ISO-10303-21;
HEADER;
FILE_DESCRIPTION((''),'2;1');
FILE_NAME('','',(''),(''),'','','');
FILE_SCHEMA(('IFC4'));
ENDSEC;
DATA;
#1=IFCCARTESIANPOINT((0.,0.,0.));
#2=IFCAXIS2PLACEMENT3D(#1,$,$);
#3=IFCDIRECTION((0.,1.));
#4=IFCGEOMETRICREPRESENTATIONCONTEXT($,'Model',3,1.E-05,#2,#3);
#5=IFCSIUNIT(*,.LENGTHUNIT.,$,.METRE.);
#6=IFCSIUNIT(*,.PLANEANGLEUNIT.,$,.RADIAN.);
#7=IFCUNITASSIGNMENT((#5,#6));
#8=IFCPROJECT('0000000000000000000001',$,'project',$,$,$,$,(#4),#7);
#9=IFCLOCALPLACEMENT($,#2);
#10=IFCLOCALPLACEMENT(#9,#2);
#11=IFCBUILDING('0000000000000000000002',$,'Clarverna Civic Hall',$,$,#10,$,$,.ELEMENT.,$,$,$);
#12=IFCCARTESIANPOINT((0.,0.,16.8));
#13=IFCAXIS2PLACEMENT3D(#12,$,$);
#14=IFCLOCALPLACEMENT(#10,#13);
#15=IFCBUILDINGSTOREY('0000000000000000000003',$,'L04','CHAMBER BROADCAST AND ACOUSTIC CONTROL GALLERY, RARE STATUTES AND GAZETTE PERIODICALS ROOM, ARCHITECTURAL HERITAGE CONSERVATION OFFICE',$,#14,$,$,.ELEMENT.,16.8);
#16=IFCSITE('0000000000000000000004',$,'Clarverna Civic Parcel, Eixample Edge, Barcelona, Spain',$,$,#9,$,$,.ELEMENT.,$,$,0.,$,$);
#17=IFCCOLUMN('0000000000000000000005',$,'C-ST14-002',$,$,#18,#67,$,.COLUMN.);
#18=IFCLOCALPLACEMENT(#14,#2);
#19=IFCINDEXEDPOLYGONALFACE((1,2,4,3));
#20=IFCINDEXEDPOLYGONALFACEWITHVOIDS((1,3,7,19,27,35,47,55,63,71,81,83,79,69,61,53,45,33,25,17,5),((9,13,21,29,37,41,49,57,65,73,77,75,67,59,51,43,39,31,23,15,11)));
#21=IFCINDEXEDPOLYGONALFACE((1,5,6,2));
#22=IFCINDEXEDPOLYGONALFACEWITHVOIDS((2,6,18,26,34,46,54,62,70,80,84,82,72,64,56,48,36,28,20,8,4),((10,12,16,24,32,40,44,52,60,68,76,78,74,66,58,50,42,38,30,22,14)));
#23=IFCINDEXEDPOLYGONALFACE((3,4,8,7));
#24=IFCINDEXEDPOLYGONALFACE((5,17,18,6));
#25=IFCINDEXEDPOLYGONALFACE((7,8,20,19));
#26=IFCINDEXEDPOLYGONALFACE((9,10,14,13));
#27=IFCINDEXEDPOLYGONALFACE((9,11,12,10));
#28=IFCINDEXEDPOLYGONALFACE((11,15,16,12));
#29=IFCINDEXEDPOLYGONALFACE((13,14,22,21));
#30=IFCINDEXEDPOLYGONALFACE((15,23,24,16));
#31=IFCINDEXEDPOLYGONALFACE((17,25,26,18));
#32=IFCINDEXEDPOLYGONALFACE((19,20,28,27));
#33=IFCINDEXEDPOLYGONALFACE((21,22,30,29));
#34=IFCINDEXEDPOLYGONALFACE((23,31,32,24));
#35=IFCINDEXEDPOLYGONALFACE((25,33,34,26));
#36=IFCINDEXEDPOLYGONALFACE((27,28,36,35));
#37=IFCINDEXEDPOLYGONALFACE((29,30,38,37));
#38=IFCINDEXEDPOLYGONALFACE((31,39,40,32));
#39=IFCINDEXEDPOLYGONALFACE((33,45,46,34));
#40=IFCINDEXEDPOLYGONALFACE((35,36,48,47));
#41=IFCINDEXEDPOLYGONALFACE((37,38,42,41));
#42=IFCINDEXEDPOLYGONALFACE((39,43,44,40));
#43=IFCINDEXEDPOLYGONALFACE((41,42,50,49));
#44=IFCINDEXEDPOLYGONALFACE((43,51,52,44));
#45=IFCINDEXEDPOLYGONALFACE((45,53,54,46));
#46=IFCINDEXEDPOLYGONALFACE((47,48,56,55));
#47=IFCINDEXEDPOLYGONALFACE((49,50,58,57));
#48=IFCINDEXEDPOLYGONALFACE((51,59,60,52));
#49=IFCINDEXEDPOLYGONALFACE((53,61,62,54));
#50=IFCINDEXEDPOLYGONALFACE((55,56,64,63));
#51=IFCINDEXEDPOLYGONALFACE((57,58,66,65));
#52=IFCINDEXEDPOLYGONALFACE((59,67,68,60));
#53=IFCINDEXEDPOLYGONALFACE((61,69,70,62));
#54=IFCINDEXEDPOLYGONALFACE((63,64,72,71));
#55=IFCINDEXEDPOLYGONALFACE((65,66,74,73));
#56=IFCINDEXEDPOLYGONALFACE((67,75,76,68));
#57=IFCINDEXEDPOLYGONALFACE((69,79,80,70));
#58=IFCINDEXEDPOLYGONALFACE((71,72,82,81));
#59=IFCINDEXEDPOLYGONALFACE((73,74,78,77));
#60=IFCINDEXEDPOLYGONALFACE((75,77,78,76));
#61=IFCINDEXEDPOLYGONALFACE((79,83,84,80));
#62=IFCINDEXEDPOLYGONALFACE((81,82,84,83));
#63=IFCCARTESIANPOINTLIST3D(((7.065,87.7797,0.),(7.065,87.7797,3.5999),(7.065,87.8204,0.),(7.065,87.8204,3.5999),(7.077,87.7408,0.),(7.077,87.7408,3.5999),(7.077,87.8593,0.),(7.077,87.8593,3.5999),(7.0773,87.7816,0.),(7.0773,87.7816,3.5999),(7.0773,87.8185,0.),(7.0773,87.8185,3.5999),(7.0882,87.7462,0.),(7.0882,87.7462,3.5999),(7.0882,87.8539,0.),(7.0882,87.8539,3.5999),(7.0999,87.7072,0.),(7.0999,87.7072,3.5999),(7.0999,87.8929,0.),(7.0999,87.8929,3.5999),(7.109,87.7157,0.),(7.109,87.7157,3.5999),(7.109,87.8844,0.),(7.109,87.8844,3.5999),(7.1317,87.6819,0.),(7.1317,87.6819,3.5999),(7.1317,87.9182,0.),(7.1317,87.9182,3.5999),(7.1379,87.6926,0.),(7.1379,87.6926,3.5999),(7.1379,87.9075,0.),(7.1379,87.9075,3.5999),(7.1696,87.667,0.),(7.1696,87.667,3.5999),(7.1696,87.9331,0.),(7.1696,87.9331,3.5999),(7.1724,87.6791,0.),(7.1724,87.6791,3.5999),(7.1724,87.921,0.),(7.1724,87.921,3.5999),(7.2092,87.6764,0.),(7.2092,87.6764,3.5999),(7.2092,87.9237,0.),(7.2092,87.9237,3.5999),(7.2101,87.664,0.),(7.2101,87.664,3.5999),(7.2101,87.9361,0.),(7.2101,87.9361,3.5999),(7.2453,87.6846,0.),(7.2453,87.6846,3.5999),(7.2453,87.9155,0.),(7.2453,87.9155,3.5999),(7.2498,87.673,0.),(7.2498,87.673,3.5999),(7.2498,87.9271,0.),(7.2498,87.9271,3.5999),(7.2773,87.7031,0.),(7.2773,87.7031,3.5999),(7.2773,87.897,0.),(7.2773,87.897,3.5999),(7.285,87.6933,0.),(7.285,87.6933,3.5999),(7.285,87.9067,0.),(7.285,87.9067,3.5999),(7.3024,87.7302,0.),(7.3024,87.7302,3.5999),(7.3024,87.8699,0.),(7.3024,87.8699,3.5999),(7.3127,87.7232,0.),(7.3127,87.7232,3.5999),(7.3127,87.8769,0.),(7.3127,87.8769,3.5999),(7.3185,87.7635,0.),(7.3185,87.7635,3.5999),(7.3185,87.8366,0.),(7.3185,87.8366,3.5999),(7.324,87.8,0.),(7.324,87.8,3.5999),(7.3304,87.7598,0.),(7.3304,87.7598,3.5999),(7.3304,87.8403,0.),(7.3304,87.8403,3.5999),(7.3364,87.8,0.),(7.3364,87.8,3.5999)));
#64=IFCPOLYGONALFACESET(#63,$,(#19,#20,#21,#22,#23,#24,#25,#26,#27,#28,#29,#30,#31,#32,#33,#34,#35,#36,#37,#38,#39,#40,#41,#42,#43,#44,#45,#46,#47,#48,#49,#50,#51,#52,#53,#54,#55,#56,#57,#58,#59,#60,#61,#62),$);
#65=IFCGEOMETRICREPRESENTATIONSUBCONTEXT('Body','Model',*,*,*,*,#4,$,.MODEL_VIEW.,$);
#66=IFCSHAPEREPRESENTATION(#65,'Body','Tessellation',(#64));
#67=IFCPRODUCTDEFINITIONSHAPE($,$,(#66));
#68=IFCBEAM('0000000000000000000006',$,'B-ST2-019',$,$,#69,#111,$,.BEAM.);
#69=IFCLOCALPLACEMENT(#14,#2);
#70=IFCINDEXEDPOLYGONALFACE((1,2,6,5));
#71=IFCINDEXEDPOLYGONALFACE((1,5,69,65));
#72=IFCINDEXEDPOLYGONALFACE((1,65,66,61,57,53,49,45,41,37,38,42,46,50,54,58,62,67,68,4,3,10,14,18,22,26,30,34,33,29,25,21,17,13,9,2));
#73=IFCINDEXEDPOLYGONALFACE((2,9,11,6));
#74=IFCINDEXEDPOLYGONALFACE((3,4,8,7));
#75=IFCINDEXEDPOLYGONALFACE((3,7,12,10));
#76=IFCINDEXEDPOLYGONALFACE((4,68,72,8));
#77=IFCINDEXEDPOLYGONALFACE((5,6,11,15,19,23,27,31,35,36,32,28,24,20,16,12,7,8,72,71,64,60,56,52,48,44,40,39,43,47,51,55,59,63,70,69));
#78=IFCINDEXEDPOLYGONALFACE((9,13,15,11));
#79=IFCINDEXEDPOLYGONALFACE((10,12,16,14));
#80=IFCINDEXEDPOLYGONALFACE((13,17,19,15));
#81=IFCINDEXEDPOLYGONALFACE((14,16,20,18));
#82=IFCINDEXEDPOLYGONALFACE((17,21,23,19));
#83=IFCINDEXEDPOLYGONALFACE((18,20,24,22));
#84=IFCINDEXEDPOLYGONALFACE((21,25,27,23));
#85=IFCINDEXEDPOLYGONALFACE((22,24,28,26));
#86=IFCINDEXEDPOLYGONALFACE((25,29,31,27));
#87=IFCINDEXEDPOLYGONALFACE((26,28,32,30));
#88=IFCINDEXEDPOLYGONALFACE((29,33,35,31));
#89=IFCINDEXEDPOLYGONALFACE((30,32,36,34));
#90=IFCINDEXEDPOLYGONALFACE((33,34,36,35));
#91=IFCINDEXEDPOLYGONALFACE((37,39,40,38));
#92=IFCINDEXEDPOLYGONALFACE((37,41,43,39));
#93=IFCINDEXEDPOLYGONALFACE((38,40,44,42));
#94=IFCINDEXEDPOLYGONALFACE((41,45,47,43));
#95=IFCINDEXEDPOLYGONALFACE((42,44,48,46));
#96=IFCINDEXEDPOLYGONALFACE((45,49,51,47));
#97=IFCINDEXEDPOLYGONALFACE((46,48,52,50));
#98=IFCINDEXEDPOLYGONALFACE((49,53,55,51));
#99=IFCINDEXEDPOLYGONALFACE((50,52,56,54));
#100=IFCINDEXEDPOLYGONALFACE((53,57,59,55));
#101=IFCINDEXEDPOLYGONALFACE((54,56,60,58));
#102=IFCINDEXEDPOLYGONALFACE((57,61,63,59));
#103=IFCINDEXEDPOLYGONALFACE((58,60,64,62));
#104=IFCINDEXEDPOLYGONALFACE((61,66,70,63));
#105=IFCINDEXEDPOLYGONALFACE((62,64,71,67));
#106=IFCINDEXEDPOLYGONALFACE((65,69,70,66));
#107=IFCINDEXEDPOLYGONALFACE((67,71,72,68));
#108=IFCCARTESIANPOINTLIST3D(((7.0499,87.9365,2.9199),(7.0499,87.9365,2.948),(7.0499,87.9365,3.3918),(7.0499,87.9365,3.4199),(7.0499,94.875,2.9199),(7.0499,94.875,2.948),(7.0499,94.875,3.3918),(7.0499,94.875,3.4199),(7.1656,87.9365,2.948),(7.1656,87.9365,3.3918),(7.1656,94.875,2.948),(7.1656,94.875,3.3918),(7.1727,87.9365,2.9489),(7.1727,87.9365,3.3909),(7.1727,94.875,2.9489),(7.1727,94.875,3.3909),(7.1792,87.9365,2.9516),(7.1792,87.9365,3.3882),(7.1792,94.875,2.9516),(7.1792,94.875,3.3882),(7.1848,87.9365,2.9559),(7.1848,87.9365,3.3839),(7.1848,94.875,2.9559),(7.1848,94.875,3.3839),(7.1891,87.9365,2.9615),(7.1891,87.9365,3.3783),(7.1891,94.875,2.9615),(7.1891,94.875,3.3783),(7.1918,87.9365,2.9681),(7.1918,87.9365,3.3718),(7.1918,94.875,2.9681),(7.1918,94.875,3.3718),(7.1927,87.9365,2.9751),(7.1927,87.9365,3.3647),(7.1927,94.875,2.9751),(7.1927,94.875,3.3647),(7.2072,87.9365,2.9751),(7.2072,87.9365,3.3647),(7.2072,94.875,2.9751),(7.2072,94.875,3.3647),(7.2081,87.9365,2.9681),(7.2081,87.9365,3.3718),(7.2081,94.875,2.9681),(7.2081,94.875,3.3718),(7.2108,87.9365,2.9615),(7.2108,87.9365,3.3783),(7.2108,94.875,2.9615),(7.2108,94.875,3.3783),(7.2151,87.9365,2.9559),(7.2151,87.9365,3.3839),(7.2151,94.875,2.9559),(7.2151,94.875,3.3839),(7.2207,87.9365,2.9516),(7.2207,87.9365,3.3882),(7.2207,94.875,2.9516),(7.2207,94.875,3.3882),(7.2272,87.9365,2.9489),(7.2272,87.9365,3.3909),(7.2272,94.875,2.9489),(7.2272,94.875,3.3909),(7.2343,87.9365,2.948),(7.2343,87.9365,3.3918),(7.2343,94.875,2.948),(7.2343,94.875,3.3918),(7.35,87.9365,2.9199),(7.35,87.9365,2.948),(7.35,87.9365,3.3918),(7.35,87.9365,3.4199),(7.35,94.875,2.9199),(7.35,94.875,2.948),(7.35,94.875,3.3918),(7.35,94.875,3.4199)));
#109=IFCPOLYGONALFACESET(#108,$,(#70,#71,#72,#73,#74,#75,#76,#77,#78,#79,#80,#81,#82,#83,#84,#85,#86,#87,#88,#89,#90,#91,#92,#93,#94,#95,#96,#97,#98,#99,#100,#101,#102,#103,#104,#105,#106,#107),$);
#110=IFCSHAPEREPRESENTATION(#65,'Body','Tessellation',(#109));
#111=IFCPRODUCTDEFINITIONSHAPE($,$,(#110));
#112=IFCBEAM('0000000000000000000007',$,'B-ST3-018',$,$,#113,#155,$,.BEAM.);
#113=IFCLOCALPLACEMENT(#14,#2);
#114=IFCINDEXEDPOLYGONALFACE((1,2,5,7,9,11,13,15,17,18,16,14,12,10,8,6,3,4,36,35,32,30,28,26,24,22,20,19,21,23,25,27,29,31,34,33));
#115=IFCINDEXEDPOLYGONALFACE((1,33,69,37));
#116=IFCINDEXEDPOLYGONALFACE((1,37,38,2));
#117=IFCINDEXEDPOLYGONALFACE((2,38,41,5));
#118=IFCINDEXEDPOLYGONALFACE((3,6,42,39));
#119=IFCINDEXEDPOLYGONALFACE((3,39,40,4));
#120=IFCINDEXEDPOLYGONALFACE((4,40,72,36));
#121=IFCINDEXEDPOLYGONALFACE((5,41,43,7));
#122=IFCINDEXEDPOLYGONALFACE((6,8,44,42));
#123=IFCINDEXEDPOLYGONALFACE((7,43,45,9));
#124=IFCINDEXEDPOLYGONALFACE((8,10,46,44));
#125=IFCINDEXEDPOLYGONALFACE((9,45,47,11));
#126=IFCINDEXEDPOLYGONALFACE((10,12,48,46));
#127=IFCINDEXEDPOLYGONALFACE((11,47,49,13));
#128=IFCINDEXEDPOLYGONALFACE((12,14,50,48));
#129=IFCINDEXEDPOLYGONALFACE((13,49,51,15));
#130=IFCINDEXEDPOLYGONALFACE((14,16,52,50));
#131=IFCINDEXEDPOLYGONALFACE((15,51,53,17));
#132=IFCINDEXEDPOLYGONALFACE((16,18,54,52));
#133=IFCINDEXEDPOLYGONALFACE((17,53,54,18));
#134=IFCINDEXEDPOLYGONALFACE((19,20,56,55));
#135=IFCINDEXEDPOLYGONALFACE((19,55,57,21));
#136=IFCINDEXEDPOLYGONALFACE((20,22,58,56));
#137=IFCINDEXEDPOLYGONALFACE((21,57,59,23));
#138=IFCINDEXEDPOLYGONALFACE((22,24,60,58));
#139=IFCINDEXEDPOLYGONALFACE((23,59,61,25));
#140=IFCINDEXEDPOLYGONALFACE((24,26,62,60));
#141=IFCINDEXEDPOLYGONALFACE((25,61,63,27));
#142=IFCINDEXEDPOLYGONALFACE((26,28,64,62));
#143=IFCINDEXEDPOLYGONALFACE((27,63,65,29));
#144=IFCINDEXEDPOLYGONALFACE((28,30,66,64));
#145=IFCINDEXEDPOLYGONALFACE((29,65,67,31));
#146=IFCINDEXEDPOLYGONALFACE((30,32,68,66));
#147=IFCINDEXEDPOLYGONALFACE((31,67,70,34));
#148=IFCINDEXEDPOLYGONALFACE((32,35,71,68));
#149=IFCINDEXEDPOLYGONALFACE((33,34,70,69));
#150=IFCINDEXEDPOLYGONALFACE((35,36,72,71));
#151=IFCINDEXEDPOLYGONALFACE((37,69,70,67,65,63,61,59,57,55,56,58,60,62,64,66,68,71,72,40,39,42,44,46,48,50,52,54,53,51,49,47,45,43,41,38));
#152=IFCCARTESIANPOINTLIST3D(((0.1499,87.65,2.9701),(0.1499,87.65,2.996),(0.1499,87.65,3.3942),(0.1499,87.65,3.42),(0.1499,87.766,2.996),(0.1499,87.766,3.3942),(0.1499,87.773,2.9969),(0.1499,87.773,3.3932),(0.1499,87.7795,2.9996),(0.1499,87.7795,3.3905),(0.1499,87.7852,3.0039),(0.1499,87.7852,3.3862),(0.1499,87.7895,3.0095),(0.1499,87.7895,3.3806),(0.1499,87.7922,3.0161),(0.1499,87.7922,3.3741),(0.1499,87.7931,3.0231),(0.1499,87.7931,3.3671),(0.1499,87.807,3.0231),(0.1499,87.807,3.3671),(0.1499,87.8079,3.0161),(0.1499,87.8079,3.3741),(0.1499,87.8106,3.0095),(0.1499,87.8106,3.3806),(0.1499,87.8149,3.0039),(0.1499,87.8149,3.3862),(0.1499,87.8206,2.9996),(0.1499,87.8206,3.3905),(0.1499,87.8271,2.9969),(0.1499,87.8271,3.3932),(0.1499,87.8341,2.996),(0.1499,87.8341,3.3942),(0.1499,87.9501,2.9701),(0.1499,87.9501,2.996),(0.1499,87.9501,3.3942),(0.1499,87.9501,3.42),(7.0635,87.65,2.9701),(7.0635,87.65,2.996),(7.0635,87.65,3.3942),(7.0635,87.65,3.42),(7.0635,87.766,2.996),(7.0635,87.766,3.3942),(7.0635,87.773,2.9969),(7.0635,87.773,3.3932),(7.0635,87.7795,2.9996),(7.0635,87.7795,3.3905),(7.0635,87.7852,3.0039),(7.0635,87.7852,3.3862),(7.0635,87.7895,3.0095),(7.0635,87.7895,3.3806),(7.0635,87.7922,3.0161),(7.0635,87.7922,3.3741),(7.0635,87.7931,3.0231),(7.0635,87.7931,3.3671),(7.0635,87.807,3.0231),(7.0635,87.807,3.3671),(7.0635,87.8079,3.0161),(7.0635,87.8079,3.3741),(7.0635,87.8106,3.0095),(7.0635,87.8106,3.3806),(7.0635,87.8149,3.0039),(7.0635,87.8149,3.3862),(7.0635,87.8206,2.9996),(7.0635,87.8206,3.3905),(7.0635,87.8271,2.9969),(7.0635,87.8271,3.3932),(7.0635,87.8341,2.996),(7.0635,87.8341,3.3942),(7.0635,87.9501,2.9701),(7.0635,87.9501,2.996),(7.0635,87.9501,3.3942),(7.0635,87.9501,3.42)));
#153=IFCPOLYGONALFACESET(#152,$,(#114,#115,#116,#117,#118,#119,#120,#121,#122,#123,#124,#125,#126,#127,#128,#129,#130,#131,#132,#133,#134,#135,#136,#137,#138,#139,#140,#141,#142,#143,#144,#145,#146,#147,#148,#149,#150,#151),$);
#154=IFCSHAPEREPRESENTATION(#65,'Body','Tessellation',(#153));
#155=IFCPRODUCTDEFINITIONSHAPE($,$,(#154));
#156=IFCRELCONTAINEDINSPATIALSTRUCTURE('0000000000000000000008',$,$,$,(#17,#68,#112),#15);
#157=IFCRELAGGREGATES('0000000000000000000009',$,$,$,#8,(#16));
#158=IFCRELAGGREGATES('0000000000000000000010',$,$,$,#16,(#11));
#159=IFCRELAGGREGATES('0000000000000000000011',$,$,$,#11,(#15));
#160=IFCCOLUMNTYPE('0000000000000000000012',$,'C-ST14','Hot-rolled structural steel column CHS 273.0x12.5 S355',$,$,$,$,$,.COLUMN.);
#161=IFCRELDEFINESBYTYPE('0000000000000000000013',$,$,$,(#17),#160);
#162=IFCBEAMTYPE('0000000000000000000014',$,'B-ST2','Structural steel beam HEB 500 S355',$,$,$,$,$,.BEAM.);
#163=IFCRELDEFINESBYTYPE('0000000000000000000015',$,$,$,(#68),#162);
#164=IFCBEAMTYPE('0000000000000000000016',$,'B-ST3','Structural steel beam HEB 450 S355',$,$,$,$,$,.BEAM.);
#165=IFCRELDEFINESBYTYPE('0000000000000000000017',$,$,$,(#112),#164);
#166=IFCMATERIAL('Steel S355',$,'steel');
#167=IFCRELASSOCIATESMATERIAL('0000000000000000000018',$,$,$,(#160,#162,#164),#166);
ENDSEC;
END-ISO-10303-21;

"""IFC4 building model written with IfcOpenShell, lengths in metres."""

from ifc_helpers import new_model, si_unit, direction, frame, origin, origin_2d, place, context, subcontext, project, spatial, hollow_circle, i_section, extrude, material, material_profile, profile_set, type_object, element, save


model = new_model("IFC4")

# Units and contexts
model_context = context("Model", 3, precision=1e-05, world=origin(), true_north=direction((0.0, 1.0)))
body_context = subcontext(model_context, "Body", "Model", "MODEL_VIEW")
ifc_project = project(units=[si_unit("LENGTHUNIT", "METRE"), si_unit("PLANEANGLEUNIT", "RADIAN")], contexts=[model_context])

# Site, building, storey
site_placement = place(None, origin())
site = spatial("IfcSite", under=ifc_project, at=site_placement, Name="Clarverna Civic Parcel, Eixample Edge, Barcelona, Spain", CompositionType="ELEMENT", RefElevation=0.0)
building_placement = place(site_placement, origin())
building = spatial("IfcBuilding", under=site, at=building_placement, Name="Clarverna Civic Hall", CompositionType="ELEMENT")
storey_placement = place(building_placement, frame((0.0, 0.0, 16.8)))
storey = spatial("IfcBuildingStorey", under=building, at=storey_placement, Name="L04", Description="CHAMBER BROADCAST AND ACOUSTIC CONTROL GALLERY, RARE STATUTES AND GAZETTE PERIODICALS ROOM, ARCHITECTURAL HERITAGE CONSERVATION OFFICE", CompositionType="ELEMENT", Elevation=16.8)

# Column
ifc_material_1 = material(Name="Steel S355", Category="steel")
ifc_material_profile_1 = material_profile(ifc_material_1, hollow_circle(Radius=0.1365, WallThickness=0.0125, at=origin_2d()), Name="CHS 273.0x12.5")
ifc_profile_set_1 = profile_set([ifc_material_profile_1], Name="Steel S355")
column_type = type_object("IfcColumnType", Name="C-ST14", Description="Hot-rolled structural steel column CHS 273.0x12.5 S355", PredefinedType="COLUMN", material=ifc_profile_set_1)
column_placement = place(storey_placement, frame((7.2, 87.8, 0.0), z_axis=(0.0, 0.0, 1.0), x_axis=(1.0, 0.0, 0.0)))
element("IfcColumn", 1, at=column_placement, inside=storey, type_object=column_type, Name="C-ST14-002", PredefinedType="COLUMN", context=body_context, shape_type="SweptSolid", body=[
    extrude(hollow_circle(Radius=0.1365, WallThickness=0.0125, at=origin_2d()), origin(), (0.0, 0.0, 1.0), 3.5999),
])

# Beams
ifc_material_profile_2 = material_profile(ifc_material_1, i_section(OverallWidth=0.3, OverallDepth=0.5, WebThickness=0.0144, FlangeThickness=0.0281, FilletRadius=0.0271, at=origin_2d()), Name="HEB 500")
ifc_profile_set_2 = profile_set([ifc_material_profile_2], Name="Steel S355")
beam_type_1 = type_object("IfcBeamType", Name="B-ST2", Description="Structural steel beam HEB 500 S355", PredefinedType="BEAM", material=ifc_profile_set_2)
beam_1_placement = place(storey_placement, frame((7.2, 87.9365, 3.1699), z_axis=(0.0, 1.0, 0.0), x_axis=(-1.0, 0.0, 0.0)))
element("IfcBeam", 2, at=beam_1_placement, inside=storey, type_object=beam_type_1, Name="B-ST2-019", PredefinedType="BEAM", context=body_context, shape_type="SweptSolid", body=[
    extrude(i_section(OverallWidth=0.3, OverallDepth=0.5, WebThickness=0.0144, FlangeThickness=0.0281, FilletRadius=0.0271, at=origin_2d()), origin(), (0.0, 0.0, 1.0), 6.9385),
])
ifc_material_profile_3 = material_profile(ifc_material_1, i_section(OverallWidth=0.3, OverallDepth=0.45, WebThickness=0.0139, FlangeThickness=0.0259, FilletRadius=0.0271, at=origin_2d()), Name="HEB 450")
ifc_profile_set_3 = profile_set([ifc_material_profile_3], Name="Steel S355")
beam_type_2 = type_object("IfcBeamType", Name="B-ST3", Description="Structural steel beam HEB 450 S355", PredefinedType="BEAM", material=ifc_profile_set_3)
beam_2_placement = place(storey_placement, frame((0.1499, 87.8, 3.1951), z_axis=(1.0, 0.0, 0.0), x_axis=(0.0, 1.0, 0.0)))
element("IfcBeam", 3, at=beam_2_placement, inside=storey, type_object=beam_type_2, Name="B-ST3-018", PredefinedType="BEAM", context=body_context, shape_type="SweptSolid", body=[
    extrude(i_section(OverallWidth=0.3, OverallDepth=0.45, WebThickness=0.0139, FlangeThickness=0.0259, FilletRadius=0.0271, at=origin_2d()), origin(), (0.0, 0.0, 1.0), 6.9136),
])

save(model, "model.ifc")
